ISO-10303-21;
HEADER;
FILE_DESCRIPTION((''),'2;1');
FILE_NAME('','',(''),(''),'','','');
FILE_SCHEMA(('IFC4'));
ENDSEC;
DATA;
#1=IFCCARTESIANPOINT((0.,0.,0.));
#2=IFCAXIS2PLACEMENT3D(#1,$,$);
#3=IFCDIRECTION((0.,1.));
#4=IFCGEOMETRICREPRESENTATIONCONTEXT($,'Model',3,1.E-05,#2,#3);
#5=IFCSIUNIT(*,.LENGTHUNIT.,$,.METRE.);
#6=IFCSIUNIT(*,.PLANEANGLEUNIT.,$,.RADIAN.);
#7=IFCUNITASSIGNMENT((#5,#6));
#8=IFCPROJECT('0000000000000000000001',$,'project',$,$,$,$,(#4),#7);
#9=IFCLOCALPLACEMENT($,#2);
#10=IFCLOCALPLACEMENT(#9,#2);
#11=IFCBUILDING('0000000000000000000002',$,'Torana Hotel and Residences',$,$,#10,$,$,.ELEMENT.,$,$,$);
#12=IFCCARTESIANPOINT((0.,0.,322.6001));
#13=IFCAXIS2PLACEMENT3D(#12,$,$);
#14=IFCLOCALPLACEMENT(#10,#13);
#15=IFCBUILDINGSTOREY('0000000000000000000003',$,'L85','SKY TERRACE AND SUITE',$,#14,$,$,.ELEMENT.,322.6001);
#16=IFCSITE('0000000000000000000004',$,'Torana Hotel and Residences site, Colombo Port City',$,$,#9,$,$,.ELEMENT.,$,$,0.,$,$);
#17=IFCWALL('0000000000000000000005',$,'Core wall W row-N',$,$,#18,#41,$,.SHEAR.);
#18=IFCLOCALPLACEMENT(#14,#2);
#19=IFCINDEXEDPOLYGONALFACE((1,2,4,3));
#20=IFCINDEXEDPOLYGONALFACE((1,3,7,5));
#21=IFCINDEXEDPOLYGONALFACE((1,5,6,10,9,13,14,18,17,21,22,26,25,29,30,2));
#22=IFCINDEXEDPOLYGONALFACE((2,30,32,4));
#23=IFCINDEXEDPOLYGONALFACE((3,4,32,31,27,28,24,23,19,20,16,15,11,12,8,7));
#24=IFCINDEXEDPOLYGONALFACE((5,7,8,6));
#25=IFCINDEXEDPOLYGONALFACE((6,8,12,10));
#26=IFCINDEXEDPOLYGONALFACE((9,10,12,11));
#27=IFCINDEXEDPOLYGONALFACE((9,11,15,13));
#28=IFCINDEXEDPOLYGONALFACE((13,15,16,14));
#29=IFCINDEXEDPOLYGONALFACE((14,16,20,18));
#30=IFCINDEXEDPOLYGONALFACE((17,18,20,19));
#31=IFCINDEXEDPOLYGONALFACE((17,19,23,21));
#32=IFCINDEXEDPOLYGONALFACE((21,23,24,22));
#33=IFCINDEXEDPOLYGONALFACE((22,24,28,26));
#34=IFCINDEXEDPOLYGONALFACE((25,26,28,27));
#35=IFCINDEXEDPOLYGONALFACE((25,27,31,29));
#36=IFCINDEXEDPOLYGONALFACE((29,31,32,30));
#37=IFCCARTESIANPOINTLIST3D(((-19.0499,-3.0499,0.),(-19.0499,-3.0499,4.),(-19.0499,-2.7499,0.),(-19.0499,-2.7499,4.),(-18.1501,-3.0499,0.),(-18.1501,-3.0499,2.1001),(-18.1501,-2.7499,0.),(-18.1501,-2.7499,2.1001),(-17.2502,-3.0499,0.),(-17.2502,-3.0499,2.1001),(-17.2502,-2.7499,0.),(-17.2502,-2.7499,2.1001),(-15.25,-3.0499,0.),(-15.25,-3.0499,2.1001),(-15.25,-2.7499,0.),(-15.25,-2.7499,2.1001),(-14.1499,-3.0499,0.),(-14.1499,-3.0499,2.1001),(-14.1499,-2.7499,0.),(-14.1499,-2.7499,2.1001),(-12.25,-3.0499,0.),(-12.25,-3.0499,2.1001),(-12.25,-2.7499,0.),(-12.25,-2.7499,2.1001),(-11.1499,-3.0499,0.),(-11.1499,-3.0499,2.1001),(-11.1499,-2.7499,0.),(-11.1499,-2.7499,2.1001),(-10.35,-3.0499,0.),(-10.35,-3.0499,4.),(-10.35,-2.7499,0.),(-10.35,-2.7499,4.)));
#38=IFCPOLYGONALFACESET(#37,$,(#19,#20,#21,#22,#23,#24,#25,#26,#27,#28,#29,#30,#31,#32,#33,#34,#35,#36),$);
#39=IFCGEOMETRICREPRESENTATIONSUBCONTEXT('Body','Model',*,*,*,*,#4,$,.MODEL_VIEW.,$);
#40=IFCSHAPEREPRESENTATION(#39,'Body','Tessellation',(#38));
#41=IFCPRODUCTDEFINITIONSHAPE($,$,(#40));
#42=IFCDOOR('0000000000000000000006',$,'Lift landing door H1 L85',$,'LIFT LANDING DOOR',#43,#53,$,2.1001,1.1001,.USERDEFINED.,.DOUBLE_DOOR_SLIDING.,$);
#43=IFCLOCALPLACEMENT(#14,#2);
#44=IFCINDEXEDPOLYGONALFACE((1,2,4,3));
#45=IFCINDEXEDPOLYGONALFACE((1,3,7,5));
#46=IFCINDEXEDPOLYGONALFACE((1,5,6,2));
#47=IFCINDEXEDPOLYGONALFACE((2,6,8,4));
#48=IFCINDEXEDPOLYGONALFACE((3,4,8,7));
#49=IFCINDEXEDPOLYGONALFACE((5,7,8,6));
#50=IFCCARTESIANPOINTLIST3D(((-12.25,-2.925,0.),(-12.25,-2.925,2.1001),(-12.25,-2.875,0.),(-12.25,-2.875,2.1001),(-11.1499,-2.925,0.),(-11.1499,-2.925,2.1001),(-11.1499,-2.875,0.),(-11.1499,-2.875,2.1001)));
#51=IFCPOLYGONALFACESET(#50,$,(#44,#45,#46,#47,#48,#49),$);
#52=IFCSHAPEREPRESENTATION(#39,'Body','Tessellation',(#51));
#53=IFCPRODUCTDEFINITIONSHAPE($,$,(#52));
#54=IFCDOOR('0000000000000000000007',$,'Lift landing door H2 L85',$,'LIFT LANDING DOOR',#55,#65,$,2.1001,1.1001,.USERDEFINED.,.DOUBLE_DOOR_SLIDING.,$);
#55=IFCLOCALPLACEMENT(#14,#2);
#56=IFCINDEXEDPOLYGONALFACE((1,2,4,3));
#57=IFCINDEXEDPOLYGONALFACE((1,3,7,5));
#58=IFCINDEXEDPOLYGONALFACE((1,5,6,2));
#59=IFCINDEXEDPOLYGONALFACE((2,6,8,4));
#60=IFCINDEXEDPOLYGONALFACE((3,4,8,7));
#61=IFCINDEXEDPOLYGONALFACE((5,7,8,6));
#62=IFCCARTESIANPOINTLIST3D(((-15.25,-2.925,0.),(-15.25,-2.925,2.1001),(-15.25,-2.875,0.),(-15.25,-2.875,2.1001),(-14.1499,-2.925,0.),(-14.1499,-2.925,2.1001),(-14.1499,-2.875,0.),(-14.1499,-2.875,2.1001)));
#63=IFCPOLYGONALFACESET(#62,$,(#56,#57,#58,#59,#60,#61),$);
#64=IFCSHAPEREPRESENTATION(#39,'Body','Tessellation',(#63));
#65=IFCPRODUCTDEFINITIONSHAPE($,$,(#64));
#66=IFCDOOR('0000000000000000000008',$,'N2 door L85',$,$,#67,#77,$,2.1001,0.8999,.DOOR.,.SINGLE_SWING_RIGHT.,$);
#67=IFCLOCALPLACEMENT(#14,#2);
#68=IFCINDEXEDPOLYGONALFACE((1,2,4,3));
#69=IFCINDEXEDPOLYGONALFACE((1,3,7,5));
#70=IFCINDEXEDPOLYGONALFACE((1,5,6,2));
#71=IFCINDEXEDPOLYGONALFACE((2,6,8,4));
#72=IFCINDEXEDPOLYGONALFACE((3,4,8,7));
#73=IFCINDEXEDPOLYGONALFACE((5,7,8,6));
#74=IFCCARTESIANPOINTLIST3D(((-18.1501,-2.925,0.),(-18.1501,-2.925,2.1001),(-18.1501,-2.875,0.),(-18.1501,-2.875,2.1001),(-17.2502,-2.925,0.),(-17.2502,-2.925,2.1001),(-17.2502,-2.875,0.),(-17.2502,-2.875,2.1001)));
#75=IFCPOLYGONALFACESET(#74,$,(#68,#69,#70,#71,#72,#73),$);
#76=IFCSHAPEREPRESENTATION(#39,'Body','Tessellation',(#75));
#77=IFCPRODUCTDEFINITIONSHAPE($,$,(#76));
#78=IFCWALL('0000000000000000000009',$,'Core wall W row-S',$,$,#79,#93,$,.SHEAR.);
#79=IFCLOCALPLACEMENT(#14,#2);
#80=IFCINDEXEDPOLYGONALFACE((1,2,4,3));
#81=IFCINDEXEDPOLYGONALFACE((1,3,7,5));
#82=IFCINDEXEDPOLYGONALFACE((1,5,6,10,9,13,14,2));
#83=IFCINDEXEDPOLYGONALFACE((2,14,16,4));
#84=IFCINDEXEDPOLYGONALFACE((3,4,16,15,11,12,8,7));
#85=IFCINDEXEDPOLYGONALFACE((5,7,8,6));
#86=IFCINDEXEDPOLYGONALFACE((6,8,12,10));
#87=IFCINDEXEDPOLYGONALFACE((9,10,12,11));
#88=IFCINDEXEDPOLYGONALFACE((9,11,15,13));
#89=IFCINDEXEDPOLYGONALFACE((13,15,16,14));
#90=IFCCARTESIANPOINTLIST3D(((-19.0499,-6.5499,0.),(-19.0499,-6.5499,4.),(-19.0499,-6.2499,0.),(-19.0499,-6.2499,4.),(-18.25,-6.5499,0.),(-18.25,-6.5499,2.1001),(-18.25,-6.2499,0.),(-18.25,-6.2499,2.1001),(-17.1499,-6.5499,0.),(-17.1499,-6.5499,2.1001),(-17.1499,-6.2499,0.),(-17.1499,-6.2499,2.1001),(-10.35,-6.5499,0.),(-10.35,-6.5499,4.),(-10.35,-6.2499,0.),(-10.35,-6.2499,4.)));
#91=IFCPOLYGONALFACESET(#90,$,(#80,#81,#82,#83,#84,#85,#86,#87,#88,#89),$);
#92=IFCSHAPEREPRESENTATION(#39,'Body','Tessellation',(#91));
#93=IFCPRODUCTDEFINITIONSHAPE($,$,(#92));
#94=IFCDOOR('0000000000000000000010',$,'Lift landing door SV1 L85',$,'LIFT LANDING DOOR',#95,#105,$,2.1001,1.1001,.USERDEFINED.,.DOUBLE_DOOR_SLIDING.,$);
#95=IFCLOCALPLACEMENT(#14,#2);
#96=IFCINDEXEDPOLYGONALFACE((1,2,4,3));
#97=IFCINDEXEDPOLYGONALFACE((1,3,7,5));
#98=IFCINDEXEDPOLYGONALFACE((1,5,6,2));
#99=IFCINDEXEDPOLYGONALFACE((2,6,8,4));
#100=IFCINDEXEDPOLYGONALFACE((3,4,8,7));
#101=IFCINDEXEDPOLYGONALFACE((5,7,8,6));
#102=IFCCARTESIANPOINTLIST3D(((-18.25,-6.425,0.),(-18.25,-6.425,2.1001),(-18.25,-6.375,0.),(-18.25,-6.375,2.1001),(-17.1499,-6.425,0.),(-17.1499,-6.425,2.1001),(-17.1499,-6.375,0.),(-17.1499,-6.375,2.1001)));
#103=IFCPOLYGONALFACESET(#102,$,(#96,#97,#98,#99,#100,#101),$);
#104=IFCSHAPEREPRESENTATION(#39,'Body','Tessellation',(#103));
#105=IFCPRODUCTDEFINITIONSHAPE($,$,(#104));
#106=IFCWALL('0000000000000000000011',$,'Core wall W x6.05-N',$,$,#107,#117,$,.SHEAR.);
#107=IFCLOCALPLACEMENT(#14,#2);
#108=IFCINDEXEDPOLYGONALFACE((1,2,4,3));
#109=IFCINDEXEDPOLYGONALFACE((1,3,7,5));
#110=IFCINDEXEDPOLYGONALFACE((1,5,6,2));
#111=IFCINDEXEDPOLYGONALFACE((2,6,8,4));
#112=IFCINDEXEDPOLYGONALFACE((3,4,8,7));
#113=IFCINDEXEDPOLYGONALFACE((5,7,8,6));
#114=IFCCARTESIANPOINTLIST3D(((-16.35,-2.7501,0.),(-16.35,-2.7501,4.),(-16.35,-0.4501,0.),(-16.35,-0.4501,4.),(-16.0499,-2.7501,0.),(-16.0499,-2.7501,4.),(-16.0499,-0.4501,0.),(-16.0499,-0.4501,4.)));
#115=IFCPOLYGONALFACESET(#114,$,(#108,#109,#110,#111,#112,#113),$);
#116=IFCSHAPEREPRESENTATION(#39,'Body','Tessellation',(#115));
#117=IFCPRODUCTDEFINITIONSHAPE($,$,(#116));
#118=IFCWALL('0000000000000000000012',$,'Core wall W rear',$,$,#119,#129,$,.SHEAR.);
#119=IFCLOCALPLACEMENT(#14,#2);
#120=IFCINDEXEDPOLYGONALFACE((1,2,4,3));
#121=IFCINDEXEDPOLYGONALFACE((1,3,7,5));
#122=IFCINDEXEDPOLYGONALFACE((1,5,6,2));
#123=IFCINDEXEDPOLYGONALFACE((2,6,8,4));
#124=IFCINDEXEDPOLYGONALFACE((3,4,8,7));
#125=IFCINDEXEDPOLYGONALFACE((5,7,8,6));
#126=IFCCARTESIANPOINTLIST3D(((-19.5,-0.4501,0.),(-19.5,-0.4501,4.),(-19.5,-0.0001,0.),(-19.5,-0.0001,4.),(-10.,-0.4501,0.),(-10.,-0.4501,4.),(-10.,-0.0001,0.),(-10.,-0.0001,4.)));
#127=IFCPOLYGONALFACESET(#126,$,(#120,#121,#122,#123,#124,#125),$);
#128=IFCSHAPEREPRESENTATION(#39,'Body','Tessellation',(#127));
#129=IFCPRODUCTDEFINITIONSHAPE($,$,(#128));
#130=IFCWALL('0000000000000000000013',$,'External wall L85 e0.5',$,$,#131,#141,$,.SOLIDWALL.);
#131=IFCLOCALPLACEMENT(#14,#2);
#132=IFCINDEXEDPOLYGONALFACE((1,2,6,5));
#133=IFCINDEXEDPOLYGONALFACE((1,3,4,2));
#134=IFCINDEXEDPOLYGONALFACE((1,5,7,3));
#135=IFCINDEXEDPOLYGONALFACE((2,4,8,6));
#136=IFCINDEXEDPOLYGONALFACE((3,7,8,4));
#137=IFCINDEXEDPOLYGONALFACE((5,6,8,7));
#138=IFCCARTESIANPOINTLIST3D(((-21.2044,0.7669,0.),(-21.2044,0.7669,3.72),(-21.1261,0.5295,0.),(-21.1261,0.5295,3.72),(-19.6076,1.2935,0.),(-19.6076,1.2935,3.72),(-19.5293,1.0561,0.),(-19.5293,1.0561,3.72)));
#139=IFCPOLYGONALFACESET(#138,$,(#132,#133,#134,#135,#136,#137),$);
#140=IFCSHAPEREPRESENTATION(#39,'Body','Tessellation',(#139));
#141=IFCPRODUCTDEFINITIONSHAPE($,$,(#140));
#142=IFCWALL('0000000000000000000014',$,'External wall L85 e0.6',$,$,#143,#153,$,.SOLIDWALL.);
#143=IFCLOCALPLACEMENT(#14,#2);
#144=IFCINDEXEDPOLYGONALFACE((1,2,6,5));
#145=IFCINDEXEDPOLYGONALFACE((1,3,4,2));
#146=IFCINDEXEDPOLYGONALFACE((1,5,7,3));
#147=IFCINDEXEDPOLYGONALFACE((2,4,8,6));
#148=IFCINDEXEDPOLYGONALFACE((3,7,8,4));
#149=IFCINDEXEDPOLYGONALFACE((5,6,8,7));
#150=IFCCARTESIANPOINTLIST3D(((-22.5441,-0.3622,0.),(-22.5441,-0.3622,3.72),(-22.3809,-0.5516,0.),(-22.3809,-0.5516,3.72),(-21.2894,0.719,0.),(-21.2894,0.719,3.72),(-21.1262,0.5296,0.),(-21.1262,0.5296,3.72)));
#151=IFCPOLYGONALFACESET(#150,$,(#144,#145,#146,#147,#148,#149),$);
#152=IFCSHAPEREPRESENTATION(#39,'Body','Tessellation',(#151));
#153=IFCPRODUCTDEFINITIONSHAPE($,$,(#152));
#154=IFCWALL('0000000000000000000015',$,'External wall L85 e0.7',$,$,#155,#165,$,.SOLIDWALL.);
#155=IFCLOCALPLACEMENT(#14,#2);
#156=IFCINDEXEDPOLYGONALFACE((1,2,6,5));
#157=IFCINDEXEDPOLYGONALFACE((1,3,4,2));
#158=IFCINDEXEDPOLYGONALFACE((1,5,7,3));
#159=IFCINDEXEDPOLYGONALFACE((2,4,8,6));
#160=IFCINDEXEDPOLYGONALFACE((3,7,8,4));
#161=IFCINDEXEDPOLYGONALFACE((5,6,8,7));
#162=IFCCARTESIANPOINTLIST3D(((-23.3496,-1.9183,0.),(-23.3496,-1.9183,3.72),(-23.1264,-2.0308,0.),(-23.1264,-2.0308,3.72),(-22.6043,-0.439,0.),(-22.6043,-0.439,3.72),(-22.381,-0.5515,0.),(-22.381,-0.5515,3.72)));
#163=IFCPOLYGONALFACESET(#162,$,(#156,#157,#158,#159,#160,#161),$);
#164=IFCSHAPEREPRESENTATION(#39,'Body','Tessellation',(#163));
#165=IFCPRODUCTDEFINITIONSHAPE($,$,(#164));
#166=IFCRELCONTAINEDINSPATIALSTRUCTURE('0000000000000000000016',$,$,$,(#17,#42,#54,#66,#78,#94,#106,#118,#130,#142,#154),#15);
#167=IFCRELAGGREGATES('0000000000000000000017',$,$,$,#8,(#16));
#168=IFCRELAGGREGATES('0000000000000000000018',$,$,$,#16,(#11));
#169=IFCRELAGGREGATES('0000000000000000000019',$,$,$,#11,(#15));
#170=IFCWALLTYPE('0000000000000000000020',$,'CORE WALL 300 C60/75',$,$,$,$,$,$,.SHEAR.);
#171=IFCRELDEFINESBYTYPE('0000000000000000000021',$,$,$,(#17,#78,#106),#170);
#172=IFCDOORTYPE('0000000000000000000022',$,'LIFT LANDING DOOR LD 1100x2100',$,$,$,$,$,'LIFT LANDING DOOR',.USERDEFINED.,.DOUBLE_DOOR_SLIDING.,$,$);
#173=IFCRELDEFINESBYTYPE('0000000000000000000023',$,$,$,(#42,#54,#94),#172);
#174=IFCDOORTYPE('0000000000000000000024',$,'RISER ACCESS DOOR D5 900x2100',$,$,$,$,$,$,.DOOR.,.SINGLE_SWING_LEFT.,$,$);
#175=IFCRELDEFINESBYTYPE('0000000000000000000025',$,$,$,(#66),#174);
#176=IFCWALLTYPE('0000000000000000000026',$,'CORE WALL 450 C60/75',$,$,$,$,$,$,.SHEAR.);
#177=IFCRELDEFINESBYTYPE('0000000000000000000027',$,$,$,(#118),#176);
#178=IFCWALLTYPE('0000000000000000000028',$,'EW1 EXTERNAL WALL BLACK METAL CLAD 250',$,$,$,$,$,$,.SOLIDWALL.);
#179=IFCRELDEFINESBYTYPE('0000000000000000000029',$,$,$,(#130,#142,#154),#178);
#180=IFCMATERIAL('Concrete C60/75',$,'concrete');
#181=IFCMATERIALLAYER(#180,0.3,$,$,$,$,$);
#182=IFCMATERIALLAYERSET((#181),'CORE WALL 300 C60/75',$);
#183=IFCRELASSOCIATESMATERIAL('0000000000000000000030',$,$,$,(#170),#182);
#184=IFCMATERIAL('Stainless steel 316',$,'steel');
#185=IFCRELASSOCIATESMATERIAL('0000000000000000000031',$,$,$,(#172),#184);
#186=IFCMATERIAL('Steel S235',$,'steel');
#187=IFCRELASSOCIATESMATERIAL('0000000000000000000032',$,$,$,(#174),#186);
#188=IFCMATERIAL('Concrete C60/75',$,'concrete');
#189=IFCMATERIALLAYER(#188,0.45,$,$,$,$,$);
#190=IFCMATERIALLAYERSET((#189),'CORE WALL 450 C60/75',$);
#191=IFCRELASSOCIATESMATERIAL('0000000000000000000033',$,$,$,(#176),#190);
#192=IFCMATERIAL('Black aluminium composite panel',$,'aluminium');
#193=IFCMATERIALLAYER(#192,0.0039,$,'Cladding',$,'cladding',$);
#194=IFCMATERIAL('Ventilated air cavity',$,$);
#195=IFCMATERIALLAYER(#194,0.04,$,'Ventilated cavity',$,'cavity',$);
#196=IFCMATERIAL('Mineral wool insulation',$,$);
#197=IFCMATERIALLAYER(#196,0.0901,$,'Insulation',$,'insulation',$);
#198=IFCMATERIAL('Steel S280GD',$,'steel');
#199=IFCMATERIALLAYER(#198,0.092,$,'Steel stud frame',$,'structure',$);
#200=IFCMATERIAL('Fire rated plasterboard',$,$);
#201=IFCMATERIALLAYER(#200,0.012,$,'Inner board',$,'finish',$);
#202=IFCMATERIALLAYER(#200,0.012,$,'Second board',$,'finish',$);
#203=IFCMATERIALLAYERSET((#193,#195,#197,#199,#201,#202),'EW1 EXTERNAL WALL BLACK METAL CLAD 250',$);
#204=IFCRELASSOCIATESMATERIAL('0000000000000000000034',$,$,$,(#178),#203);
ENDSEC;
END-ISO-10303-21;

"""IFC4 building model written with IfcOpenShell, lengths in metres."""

from ifc_helpers import new_model, si_unit, direction, frame, frame_2d, origin, place, context, subcontext, project, spatial, rectangle, extrude, material, layer, layer_set, type_object, element, fill, save


model = new_model("IFC4")

# Units and contexts
model_context = context("Model", 3, precision=1e-05, world=origin(), true_north=direction((0.0, 1.0)))
body_context = subcontext(model_context, "Body", "Model", "MODEL_VIEW")
ifc_project = project(units=[si_unit("LENGTHUNIT", "METRE"), si_unit("PLANEANGLEUNIT", "RADIAN")], contexts=[model_context])

# Site, building, storey
site_placement = place(None, origin())
site = spatial("IfcSite", under=ifc_project, at=site_placement, Name="Torana Hotel and Residences site, Colombo Port City", CompositionType="ELEMENT", RefElevation=0.0)
building_placement = place(site_placement, origin())
building = spatial("IfcBuilding", under=site, at=building_placement, Name="Torana Hotel and Residences", CompositionType="ELEMENT")
storey_placement = place(building_placement, frame((0.0, 0.0, 322.6001)))
storey = spatial("IfcBuildingStorey", under=building, at=storey_placement, Name="L85", Description="SKY TERRACE AND SUITE", CompositionType="ELEMENT", Elevation=322.6001)

# Wall, openings, doors
ifc_material_1 = material(Name="Concrete C60/75", Category="concrete")
ifc_layer_1 = layer(ifc_material_1, 0.3)
ifc_layer_set_1 = layer_set([ifc_layer_1], Name="CORE WALL 300 C60/75")
wall_type_1 = type_object("IfcWallType", Name="CORE WALL 300 C60/75", PredefinedType="SHEAR", material=ifc_layer_set_1)
wall_1_placement = place(storey_placement, frame((-19.05, -2.8999, 0.0), z_axis=(0.0, 0.0, 1.0), x_axis=(1.0, 0.0, 0.0)))
wall_1 = element("IfcWall", 1, at=wall_1_placement, inside=storey, type_object=wall_type_1, Name="Core wall W row-N", PredefinedType="SHEAR", context=body_context, shape_type="SweptSolid", body=[
    extrude(rectangle(XDim=8.7, YDim=0.3, at=frame_2d((4.3501, 0.0))), origin(), (0.0, 0.0, 1.0), 4.0),
])
opening_1_placement = place(wall_1_placement, frame((6.8, 0.0, 0.0)))
opening_1 = element("IfcOpeningElement", 2, at=opening_1_placement, cuts=wall_1, PredefinedType="OPENING", context=body_context, shape_type="SweptSolid", body=[
    extrude(rectangle(XDim=1.1001, YDim=2.1001, at=frame_2d((0.55, 1.05))), frame((0.0, 0.1599, 0.0), z_axis=(0.0, -1.0, 0.0), x_axis=(1.0, 0.0, 0.0)), (0.0, 0.0, 1.0), 0.3201),
])
opening_2_placement = place(wall_1_placement, frame((3.8, 0.0, 0.0)))
opening_2 = element("IfcOpeningElement", 3, at=opening_2_placement, cuts=wall_1, PredefinedType="OPENING", context=body_context, shape_type="SweptSolid", body=[
    extrude(rectangle(XDim=1.1001, YDim=2.1001, at=frame_2d((0.55, 1.05))), frame((0.0, 0.1599, 0.0), z_axis=(0.0, -1.0, 0.0), x_axis=(1.0, 0.0, 0.0)), (0.0, 0.0, 1.0), 0.3201),
])
opening_3_placement = place(wall_1_placement, frame((0.8999, 0.0, 0.0)))
opening_3 = element("IfcOpeningElement", 4, at=opening_3_placement, cuts=wall_1, PredefinedType="OPENING", context=body_context, shape_type="SweptSolid", body=[
    extrude(rectangle(XDim=0.8999, YDim=2.1001, at=frame_2d((0.45, 1.05))), frame((0.0, 0.1599, 0.0), z_axis=(0.0, -1.0, 0.0), x_axis=(1.0, 0.0, 0.0)), (0.0, 0.0, 1.0), 0.3201),
])
ifc_material_2 = material(Name="Stainless steel 316", Category="steel")
door_type_1 = type_object("IfcDoorType", Name="LIFT LANDING DOOR LD 1100x2100", ElementType="LIFT LANDING DOOR", OperationType="DOUBLE_DOOR_SLIDING", PredefinedType="USERDEFINED", material=ifc_material_2)
door_1_placement = place(opening_1_placement, origin())
door_1 = element("IfcDoor", 5, at=door_1_placement, inside=storey, type_object=door_type_1, Name="Lift landing door H1 L85", ObjectType="LIFT LANDING DOOR", OperationType="DOUBLE_DOOR_SLIDING", OverallHeight=2.1001, OverallWidth=1.1001, PredefinedType="USERDEFINED", context=body_context, shape_type="SweptSolid", body=[
    extrude(rectangle(XDim=1.1001, YDim=2.1001, at=frame_2d((0.55, 1.05))), frame((0.0, 0.0249, 0.0), z_axis=(0.0, -1.0, 0.0), x_axis=(1.0, 0.0, 0.0)), (0.0, 0.0, 1.0), 0.05),
])
fill(opening_1, door_1)
door_2_placement = place(opening_2_placement, origin())
door_2 = element("IfcDoor", 6, at=door_2_placement, inside=storey, type_object=door_type_1, Name="Lift landing door H2 L85", ObjectType="LIFT LANDING DOOR", OperationType="DOUBLE_DOOR_SLIDING", OverallHeight=2.1001, OverallWidth=1.1001, PredefinedType="USERDEFINED", context=body_context, shape_type="SweptSolid", body=[
    extrude(rectangle(XDim=1.1001, YDim=2.1001, at=frame_2d((0.55, 1.05))), frame((0.0, 0.0249, 0.0), z_axis=(0.0, -1.0, 0.0), x_axis=(1.0, 0.0, 0.0)), (0.0, 0.0, 1.0), 0.05),
])
fill(opening_2, door_2)
ifc_material_3 = material(Name="Steel S235", Category="steel")
door_type_2 = type_object("IfcDoorType", Name="RISER ACCESS DOOR D5 900x2100", OperationType="SINGLE_SWING_LEFT", PredefinedType="DOOR", material=ifc_material_3)
door_3_placement = place(opening_3_placement, origin())
door_3 = element("IfcDoor", 7, at=door_3_placement, inside=storey, type_object=door_type_2, Name="N2 door L85", OperationType="SINGLE_SWING_RIGHT", OverallHeight=2.1001, OverallWidth=0.8999, PredefinedType="DOOR", context=body_context, shape_type="SweptSolid", body=[
    extrude(rectangle(XDim=0.8999, YDim=2.1001, at=frame_2d((0.45, 1.05))), frame((0.0, 0.0249, 0.0), z_axis=(0.0, -1.0, 0.0), x_axis=(1.0, 0.0, 0.0)), (0.0, 0.0, 1.0), 0.05),
])
fill(opening_3, door_3)

# Wall, opening, door
wall_2_placement = place(storey_placement, frame((-19.05, -6.3999, 0.0), z_axis=(0.0, 0.0, 1.0), x_axis=(1.0, 0.0, 0.0)))
wall_2 = element("IfcWall", 8, at=wall_2_placement, inside=storey, type_object=wall_type_1, Name="Core wall W row-S", PredefinedType="SHEAR", context=body_context, shape_type="SweptSolid", body=[
    extrude(rectangle(XDim=8.7, YDim=0.3, at=frame_2d((4.3501, 0.0))), origin(), (0.0, 0.0, 1.0), 4.0),
])
opening_4_placement = place(wall_2_placement, frame((0.8, 0.0, 0.0)))
opening_4 = element("IfcOpeningElement", 9, at=opening_4_placement, cuts=wall_2, PredefinedType="OPENING", context=body_context, shape_type="SweptSolid", body=[
    extrude(rectangle(XDim=1.1001, YDim=2.1001, at=frame_2d((0.55, 1.05))), frame((0.0, 0.1599, 0.0), z_axis=(0.0, -1.0, 0.0), x_axis=(1.0, 0.0, 0.0)), (0.0, 0.0, 1.0), 0.3201),
])
door_4_placement = place(opening_4_placement, origin())
door_4 = element("IfcDoor", 10, at=door_4_placement, inside=storey, type_object=door_type_1, Name="Lift landing door SV1 L85", ObjectType="LIFT LANDING DOOR", OperationType="DOUBLE_DOOR_SLIDING", OverallHeight=2.1001, OverallWidth=1.1001, PredefinedType="USERDEFINED", context=body_context, shape_type="SweptSolid", body=[
    extrude(rectangle(XDim=1.1001, YDim=2.1001, at=frame_2d((0.55, 1.05))), frame((0.0, 0.0249, 0.0), z_axis=(0.0, -1.0, 0.0), x_axis=(1.0, 0.0, 0.0)), (0.0, 0.0, 1.0), 0.05),
])
fill(opening_4, door_4)

# Walls
wall_3_placement = place(storey_placement, frame((-16.2, -2.75, 0.0), z_axis=(0.0, 0.0, 1.0), x_axis=(0.0, 1.0, 0.0)))
element("IfcWall", 11, at=wall_3_placement, inside=storey, type_object=wall_type_1, Name="Core wall W x6.05-N", PredefinedType="SHEAR", context=body_context, shape_type="SweptSolid", body=[
    extrude(rectangle(XDim=2.3, YDim=0.3, at=frame_2d((1.1499, 0.0))), origin(), (0.0, 0.0, 1.0), 4.0),
])
ifc_material_4 = material(Name="Concrete C60/75", Category="concrete")
ifc_layer_2 = layer(ifc_material_4, 0.45)
ifc_layer_set_2 = layer_set([ifc_layer_2], Name="CORE WALL 450 C60/75")
wall_type_2 = type_object("IfcWallType", Name="CORE WALL 450 C60/75", PredefinedType="SHEAR", material=ifc_layer_set_2)
wall_4_placement = place(storey_placement, frame((-19.5, -0.2251, 0.0), z_axis=(0.0, 0.0, 1.0), x_axis=(1.0, 0.0, 0.0)))
element("IfcWall", 12, at=wall_4_placement, inside=storey, type_object=wall_type_2, Name="Core wall W rear", PredefinedType="SHEAR", context=body_context, shape_type="SweptSolid", body=[
    extrude(rectangle(XDim=9.5, YDim=0.45, at=frame_2d((4.75, 0.0))), origin(), (0.0, 0.0, 1.0), 4.0),
])
ifc_material_5 = material(Name="Black aluminium composite panel", Category="aluminium")
ifc_layer_3 = layer(ifc_material_5, 0.0039, Name="Cladding", Category="cladding")
ifc_material_6 = material(Name="Ventilated air cavity")
ifc_layer_4 = layer(ifc_material_6, 0.04, Name="Ventilated cavity", Category="cavity")
ifc_material_7 = material(Name="Mineral wool insulation")
ifc_layer_5 = layer(ifc_material_7, 0.0901, Name="Insulation", Category="insulation")
ifc_material_8 = material(Name="Steel S280GD", Category="steel")
ifc_layer_6 = layer(ifc_material_8, 0.092, Name="Steel stud frame", Category="structure")
ifc_material_9 = material(Name="Fire rated plasterboard")
ifc_layer_7 = layer(ifc_material_9, 0.012, Name="Inner board", Category="finish")
ifc_layer_8 = layer(ifc_material_9, 0.012, Name="Second board", Category="finish")
ifc_layer_set_3 = layer_set([ifc_layer_3, ifc_layer_4, ifc_layer_5, ifc_layer_6, ifc_layer_7, ifc_layer_8], Name="EW1 EXTERNAL WALL BLACK METAL CLAD 250")
wall_type_3 = type_object("IfcWallType", Name="EW1 EXTERNAL WALL BLACK METAL CLAD 250", PredefinedType="SOLIDWALL", material=ifc_layer_set_3)
wall_5_placement = place(storey_placement, frame((-19.5684, 1.1748, 0.0), z_axis=(0.0, 0.0, 1.0), x_axis=(-0.949695, -0.313177, 0.0)))
element("IfcWall", 13, at=wall_5_placement, inside=storey, type_object=wall_type_3, Name="External wall L85 e0.5", PredefinedType="SOLIDWALL", context=body_context, shape_type="SweptSolid", body=[
    extrude(rectangle(XDim=1.6814, YDim=0.25, at=frame_2d((0.8408, 0.0))), origin(), (0.0, 0.0, 1.0), 3.72),
])
wall_6_placement = place(storey_placement, frame((-21.2078, 0.6243, 0.0), z_axis=(0.0, 0.0, 1.0), x_axis=(-0.757568, -0.652756, 0.0)))
element("IfcWall", 14, at=wall_6_placement, inside=storey, type_object=wall_type_3, Name="External wall L85 e0.6", PredefinedType="SOLIDWALL", context=body_context, shape_type="SweptSolid", body=[
    extrude(rectangle(XDim=1.6562, YDim=0.25, at=frame_2d((0.8281, 0.0))), origin(), (0.0, 0.0, 1.0), 3.72),
])
wall_7_placement = place(storey_placement, frame((-22.4927, -0.4954, 0.0), z_axis=(0.0, 0.0, 1.0), x_axis=(-0.449982, -0.893037, 0.0)))
element("IfcWall", 15, at=wall_7_placement, inside=storey, type_object=wall_type_3, Name="External wall L85 e0.7", PredefinedType="SOLIDWALL", context=body_context, shape_type="SweptSolid", body=[
    extrude(rectangle(XDim=1.6565, YDim=0.25, at=frame_2d((0.8281, 0.0))), origin(), (0.0, 0.0, 1.0), 3.72),
])

save(model, "model.ifc")
